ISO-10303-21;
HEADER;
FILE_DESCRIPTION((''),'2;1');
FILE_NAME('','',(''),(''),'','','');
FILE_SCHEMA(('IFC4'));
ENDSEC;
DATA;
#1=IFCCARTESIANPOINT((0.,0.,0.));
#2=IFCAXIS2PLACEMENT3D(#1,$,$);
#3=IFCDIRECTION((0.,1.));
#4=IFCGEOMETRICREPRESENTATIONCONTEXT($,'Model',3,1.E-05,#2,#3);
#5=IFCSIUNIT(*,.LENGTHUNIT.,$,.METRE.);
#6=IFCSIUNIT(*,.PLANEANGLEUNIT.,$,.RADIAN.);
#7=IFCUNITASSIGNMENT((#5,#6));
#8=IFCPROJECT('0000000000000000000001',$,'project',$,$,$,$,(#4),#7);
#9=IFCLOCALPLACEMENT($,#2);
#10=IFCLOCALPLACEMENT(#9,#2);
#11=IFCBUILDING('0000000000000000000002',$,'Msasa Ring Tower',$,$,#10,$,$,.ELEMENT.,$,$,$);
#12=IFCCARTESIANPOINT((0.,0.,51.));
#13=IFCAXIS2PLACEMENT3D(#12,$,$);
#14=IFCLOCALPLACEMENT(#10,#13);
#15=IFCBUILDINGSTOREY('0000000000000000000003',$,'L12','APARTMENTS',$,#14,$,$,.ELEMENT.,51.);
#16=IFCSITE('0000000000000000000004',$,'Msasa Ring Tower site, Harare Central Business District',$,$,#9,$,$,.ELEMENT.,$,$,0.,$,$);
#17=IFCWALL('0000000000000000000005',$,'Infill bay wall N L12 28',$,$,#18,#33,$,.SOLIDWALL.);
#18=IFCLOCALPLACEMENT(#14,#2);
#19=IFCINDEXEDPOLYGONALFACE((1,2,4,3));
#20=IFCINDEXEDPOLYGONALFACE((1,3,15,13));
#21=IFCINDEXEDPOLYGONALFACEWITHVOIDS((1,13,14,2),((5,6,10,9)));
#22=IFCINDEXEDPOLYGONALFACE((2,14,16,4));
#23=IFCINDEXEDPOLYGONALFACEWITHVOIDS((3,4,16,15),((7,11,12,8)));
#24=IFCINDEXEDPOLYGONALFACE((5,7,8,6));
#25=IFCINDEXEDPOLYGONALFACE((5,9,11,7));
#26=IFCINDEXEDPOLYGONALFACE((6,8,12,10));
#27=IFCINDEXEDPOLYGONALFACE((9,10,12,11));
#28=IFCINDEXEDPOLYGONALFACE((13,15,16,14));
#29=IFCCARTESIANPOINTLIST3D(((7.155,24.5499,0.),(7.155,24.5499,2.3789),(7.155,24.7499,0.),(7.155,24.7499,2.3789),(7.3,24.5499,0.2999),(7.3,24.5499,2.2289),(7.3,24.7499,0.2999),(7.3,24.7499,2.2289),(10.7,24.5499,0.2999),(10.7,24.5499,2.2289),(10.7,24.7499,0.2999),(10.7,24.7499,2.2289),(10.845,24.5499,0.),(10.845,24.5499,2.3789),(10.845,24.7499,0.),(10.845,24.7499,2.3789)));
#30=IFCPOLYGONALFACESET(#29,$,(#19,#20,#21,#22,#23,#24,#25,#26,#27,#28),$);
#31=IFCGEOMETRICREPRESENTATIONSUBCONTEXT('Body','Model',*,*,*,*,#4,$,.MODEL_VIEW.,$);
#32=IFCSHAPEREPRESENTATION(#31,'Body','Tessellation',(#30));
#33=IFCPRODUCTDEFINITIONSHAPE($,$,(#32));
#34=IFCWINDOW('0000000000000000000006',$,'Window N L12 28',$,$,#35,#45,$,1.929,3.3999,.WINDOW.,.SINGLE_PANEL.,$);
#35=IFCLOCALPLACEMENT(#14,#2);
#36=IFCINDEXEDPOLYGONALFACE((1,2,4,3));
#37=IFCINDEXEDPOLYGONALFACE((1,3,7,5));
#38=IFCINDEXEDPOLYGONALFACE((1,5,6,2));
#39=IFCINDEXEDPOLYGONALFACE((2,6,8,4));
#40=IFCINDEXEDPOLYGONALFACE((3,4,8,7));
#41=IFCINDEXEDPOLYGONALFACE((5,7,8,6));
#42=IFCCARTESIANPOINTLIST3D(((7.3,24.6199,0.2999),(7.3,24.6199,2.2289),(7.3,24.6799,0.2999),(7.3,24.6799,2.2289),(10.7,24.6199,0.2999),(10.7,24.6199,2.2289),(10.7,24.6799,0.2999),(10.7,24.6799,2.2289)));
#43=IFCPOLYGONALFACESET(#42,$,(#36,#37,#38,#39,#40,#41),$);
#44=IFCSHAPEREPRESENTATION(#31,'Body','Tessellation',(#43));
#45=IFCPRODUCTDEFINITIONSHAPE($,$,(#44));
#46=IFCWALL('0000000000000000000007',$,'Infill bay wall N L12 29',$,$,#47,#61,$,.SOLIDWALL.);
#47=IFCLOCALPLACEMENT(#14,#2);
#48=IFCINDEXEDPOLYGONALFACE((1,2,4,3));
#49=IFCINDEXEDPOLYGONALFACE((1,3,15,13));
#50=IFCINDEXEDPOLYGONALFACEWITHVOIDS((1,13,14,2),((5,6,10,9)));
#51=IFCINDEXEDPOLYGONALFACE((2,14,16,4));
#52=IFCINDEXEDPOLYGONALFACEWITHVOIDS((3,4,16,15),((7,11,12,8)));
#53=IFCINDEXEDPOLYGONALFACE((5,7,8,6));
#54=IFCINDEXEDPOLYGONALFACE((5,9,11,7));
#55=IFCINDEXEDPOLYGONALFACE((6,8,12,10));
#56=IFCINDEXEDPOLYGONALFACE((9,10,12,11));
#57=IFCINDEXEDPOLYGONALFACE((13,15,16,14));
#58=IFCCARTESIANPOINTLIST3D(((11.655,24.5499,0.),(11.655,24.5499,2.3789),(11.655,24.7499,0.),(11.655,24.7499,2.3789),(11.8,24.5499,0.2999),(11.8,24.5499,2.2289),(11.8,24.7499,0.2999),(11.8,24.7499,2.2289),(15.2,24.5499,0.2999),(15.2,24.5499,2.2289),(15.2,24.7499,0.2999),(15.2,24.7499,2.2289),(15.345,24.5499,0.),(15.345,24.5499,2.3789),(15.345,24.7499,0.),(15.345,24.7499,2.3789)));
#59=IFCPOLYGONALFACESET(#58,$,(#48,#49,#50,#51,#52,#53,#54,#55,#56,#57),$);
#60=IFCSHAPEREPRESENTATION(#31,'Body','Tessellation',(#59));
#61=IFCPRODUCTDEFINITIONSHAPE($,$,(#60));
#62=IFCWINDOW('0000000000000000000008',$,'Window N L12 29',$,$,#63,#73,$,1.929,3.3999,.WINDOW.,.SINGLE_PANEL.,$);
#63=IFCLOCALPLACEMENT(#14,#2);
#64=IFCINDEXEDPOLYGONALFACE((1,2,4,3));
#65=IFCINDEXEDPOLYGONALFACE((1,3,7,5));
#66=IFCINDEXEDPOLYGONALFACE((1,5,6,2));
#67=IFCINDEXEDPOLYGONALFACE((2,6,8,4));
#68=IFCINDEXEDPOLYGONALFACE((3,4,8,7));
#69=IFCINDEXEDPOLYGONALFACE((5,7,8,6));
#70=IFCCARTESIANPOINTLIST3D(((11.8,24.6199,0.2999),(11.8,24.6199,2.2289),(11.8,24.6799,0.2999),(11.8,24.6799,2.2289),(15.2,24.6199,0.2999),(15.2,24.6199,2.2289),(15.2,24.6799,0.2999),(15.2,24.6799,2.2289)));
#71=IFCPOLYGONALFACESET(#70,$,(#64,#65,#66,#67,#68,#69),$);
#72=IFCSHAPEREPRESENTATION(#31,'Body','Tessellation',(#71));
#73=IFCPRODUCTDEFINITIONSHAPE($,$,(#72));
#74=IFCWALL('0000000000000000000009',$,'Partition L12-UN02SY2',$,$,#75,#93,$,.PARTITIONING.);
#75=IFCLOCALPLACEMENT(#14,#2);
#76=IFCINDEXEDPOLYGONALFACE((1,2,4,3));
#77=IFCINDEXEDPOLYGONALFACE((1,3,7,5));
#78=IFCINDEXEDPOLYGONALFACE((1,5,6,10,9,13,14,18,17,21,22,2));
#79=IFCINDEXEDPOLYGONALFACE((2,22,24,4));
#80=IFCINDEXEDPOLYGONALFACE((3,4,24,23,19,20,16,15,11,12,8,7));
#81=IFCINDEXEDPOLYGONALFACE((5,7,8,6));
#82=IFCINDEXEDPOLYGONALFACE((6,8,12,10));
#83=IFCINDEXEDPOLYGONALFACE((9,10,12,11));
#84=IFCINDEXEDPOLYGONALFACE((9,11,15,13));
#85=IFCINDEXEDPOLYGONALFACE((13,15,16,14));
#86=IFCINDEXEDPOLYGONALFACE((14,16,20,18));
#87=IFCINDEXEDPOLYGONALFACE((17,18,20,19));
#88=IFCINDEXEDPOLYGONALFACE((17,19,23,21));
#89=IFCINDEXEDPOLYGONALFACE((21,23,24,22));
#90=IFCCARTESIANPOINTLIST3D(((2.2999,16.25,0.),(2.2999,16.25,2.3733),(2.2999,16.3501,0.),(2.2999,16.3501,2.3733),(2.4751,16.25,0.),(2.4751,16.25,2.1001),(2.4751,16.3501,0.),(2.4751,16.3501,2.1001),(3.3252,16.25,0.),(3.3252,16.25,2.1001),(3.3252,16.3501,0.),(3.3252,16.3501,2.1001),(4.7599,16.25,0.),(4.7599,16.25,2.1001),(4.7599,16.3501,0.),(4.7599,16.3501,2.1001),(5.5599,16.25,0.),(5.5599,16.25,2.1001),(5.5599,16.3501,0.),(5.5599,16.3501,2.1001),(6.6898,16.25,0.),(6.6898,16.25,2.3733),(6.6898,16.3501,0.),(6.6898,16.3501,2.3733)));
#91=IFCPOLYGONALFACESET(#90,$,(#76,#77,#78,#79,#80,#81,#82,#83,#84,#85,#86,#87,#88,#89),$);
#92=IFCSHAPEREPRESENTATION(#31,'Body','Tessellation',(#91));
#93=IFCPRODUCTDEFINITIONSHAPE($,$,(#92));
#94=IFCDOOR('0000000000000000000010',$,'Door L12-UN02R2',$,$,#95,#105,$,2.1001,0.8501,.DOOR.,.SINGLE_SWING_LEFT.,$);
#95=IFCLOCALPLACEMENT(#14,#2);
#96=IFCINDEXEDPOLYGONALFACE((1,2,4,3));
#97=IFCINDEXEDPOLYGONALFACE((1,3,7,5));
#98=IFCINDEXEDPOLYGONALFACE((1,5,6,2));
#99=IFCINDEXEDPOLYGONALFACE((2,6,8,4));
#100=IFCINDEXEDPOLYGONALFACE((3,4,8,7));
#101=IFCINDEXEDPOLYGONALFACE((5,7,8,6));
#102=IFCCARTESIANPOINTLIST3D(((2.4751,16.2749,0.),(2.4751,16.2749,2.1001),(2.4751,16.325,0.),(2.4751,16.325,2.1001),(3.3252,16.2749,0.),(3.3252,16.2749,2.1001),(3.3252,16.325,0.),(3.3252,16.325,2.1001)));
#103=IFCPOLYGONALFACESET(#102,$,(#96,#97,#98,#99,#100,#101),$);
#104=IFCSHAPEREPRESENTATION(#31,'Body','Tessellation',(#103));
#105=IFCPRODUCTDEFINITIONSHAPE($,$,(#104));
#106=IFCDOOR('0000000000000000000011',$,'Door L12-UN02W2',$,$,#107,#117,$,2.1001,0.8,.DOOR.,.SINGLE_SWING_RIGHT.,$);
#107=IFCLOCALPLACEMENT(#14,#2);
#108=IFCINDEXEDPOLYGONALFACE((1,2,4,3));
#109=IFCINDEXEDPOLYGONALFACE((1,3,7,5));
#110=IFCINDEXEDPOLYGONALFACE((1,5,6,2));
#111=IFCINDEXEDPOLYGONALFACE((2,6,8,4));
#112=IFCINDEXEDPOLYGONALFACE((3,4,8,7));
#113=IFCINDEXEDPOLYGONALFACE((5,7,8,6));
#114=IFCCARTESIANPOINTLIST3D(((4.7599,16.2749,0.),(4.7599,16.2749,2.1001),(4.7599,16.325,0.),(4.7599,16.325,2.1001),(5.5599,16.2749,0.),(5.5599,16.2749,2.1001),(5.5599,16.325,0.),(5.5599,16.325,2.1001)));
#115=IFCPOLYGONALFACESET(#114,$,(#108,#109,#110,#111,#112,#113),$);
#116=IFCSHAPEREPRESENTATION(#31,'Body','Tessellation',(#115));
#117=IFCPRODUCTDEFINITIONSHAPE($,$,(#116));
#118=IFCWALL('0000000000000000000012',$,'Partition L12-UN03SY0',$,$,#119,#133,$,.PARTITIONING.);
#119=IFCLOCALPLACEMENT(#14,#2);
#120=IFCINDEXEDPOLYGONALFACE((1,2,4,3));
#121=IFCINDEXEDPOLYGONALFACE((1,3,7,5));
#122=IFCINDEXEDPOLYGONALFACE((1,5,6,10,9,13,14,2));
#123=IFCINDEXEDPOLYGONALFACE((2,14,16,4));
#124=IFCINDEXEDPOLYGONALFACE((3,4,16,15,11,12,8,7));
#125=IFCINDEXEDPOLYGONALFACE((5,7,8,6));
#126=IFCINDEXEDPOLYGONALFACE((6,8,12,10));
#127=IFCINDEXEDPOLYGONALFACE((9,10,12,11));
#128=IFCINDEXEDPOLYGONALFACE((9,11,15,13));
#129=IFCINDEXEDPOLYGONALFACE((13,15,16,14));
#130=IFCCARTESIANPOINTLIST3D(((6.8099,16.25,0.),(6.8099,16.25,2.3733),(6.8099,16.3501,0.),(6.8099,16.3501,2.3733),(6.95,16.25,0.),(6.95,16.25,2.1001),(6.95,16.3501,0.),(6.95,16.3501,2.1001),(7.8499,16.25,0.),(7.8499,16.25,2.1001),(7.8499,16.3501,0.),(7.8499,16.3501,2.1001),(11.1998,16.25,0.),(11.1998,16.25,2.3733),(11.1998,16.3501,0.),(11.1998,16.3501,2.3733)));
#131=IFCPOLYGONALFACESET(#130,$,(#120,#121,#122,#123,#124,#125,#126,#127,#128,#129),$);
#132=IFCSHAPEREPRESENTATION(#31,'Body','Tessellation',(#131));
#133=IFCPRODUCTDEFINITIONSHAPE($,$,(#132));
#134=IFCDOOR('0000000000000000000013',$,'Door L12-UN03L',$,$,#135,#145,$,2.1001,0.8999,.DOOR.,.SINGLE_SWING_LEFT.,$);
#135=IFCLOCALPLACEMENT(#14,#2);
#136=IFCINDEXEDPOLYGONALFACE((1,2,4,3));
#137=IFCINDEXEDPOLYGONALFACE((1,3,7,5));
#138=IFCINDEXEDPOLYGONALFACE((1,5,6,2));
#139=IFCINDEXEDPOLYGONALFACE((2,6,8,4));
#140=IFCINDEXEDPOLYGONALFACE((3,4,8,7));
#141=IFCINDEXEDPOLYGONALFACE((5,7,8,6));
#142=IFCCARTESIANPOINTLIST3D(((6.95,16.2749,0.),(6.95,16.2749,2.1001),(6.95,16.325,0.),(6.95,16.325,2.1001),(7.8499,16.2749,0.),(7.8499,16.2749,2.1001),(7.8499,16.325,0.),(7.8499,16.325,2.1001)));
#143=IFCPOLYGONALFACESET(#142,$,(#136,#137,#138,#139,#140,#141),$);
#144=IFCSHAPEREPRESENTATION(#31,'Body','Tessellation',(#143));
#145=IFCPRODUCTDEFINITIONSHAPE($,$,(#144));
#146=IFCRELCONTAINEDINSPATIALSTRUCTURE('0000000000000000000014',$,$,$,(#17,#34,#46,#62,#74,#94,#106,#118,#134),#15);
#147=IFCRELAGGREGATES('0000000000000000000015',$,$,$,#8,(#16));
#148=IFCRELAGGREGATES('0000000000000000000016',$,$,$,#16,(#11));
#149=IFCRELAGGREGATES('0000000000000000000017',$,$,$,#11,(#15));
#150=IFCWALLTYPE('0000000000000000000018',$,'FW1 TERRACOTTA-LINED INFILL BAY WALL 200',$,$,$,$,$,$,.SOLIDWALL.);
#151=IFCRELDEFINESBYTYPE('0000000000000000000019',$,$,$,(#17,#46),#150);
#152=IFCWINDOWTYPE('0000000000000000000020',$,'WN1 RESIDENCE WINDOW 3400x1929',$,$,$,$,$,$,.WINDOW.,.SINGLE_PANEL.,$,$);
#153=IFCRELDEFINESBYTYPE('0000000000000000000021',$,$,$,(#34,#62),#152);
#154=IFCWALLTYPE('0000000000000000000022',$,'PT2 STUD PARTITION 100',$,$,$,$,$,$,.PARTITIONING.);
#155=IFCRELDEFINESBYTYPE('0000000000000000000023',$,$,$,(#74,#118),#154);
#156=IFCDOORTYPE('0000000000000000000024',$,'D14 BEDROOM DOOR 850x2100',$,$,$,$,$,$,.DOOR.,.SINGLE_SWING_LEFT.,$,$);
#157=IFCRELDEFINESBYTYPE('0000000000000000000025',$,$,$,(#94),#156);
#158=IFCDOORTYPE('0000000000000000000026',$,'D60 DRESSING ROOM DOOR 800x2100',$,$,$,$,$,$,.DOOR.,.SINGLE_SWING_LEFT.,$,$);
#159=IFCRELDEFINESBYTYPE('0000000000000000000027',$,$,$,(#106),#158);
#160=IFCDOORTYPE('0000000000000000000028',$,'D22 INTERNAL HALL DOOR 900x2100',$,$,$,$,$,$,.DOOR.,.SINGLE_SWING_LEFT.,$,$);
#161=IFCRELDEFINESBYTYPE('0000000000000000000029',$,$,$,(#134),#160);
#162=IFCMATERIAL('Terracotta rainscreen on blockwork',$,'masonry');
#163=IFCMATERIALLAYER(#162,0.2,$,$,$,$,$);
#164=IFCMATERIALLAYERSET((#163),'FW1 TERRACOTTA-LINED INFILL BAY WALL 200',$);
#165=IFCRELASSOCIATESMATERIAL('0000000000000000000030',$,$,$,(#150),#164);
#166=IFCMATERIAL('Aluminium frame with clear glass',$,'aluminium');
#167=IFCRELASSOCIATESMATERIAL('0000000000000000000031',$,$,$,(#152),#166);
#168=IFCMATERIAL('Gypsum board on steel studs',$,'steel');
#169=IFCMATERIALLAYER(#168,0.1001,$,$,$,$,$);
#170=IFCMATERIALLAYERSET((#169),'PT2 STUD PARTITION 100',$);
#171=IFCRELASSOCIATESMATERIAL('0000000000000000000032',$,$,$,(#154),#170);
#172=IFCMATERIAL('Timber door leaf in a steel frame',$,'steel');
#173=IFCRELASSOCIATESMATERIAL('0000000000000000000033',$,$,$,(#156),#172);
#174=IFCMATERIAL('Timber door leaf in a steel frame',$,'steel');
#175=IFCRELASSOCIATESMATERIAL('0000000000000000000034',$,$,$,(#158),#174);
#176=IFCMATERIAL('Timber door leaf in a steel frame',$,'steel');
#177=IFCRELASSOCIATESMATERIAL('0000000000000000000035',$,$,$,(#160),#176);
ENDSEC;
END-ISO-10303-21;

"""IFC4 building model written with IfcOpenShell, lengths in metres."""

from ifc_helpers import new_model, si_unit, direction, frame, frame_2d, origin, place, context, subcontext, project, spatial, rectangle, extrude, material, layer, layer_set, type_object, element, fill, save


model = new_model("IFC4")

# Units and contexts
model_context = context("Model", 3, precision=1e-05, world=origin(), true_north=direction((0.0, 1.0)))
body_context = subcontext(model_context, "Body", "Model", "MODEL_VIEW")
ifc_project = project(units=[si_unit("LENGTHUNIT", "METRE"), si_unit("PLANEANGLEUNIT", "RADIAN")], contexts=[model_context])

# Site, building, storey
site_placement = place(None, origin())
site = spatial("IfcSite", under=ifc_project, at=site_placement, Name="Msasa Ring Tower site, Harare Central Business District", CompositionType="ELEMENT", RefElevation=0.0)
building_placement = place(site_placement, origin())
building = spatial("IfcBuilding", under=site, at=building_placement, Name="Msasa Ring Tower", CompositionType="ELEMENT")
storey_placement = place(building_placement, frame((0.0, 0.0, 51.0)))
storey = spatial("IfcBuildingStorey", under=building, at=storey_placement, Name="L12", Description="APARTMENTS", CompositionType="ELEMENT", Elevation=51.0)

# Walls, openings, windows
ifc_material_1 = material(Name="Terracotta rainscreen on blockwork", Category="masonry")
ifc_layer_1 = layer(ifc_material_1, 0.2)
ifc_layer_set_1 = layer_set([ifc_layer_1], Name="FW1 TERRACOTTA-LINED INFILL BAY WALL 200")
wall_type_1 = type_object("IfcWallType", Name="FW1 TERRACOTTA-LINED INFILL BAY WALL 200", PredefinedType="SOLIDWALL", material=ifc_layer_set_1)
ifc_material_2 = material(Name="Aluminium frame with clear glass", Category="aluminium")
window_type = type_object("IfcWindowType", Name="WN1 RESIDENCE WINDOW 3400x1929", PartitioningType="SINGLE_PANEL", PredefinedType="WINDOW", material=ifc_material_2)
wall_1_placement = place(storey_placement, frame((7.155, 24.6499, 0.0), z_axis=(0.0, 0.0, 1.0), x_axis=(1.0, 0.0, 0.0)))
wall_1 = element("IfcWall", 1, at=wall_1_placement, inside=storey, type_object=wall_type_1, Name="Infill bay wall N L12 28", PredefinedType="SOLIDWALL", context=body_context, shape_type="SweptSolid", body=[
    extrude(rectangle(XDim=3.6899, YDim=0.2, at=frame_2d((1.845, 0.0))), origin(), (0.0, 0.0, 1.0), 2.3789),
])
opening_1_placement = place(wall_1_placement, frame((0.145, 0.0, 0.3)))
opening_1 = element("IfcOpeningElement", 2, at=opening_1_placement, cuts=wall_1, PredefinedType="OPENING", context=body_context, shape_type="SweptSolid", body=[
    extrude(rectangle(XDim=3.3999, YDim=1.929, at=frame_2d((1.7, 0.9644))), frame((0.0, 0.1099, 0.0), z_axis=(0.0, -1.0, 0.0), x_axis=(1.0, 0.0, 0.0)), (0.0, 0.0, 1.0), 0.22),
])
window_1_placement = place(opening_1_placement, origin())
window_1 = element("IfcWindow", 3, at=window_1_placement, inside=storey, type_object=window_type, Name="Window N L12 28", OverallHeight=1.929, OverallWidth=3.3999, PartitioningType="SINGLE_PANEL", PredefinedType="WINDOW", context=body_context, shape_type="SweptSolid", body=[
    extrude(rectangle(XDim=3.3999, YDim=1.929, at=frame_2d((1.7, 0.9644))), frame((0.0, 0.03, 0.0), z_axis=(0.0, -1.0, 0.0), x_axis=(1.0, 0.0, 0.0)), (0.0, 0.0, 1.0), 0.0601),
])
fill(opening_1, window_1)
wall_2_placement = place(storey_placement, frame((11.655, 24.6499, 0.0), z_axis=(0.0, 0.0, 1.0), x_axis=(1.0, 0.0, 0.0)))
wall_2 = element("IfcWall", 4, at=wall_2_placement, inside=storey, type_object=wall_type_1, Name="Infill bay wall N L12 29", PredefinedType="SOLIDWALL", context=body_context, shape_type="SweptSolid", body=[
    extrude(rectangle(XDim=3.6899, YDim=0.2, at=frame_2d((1.845, 0.0))), origin(), (0.0, 0.0, 1.0), 2.3789),
])
opening_2_placement = place(wall_2_placement, frame((0.145, 0.0, 0.3)))
opening_2 = element("IfcOpeningElement", 5, at=opening_2_placement, cuts=wall_2, PredefinedType="OPENING", context=body_context, shape_type="SweptSolid", body=[
    extrude(rectangle(XDim=3.3999, YDim=1.929, at=frame_2d((1.7, 0.9644))), frame((0.0, 0.1099, 0.0), z_axis=(0.0, -1.0, 0.0), x_axis=(1.0, 0.0, 0.0)), (0.0, 0.0, 1.0), 0.22),
])
window_2_placement = place(opening_2_placement, origin())
window_2 = element("IfcWindow", 6, at=window_2_placement, inside=storey, type_object=window_type, Name="Window N L12 29", OverallHeight=1.929, OverallWidth=3.3999, PartitioningType="SINGLE_PANEL", PredefinedType="WINDOW", context=body_context, shape_type="SweptSolid", body=[
    extrude(rectangle(XDim=3.3999, YDim=1.929, at=frame_2d((1.7, 0.9644))), frame((0.0, 0.03, 0.0), z_axis=(0.0, -1.0, 0.0), x_axis=(1.0, 0.0, 0.0)), (0.0, 0.0, 1.0), 0.0601),
])
fill(opening_2, window_2)

# Wall, openings, doors
ifc_material_3 = material(Name="Gypsum board on steel studs", Category="steel")
ifc_layer_2 = layer(ifc_material_3, 0.1001)
ifc_layer_set_2 = layer_set([ifc_layer_2], Name="PT2 STUD PARTITION 100")
wall_type_2 = type_object("IfcWallType", Name="PT2 STUD PARTITION 100", PredefinedType="PARTITIONING", material=ifc_layer_set_2)
wall_3_placement = place(storey_placement, frame((2.3, 16.3, 0.0), z_axis=(0.0, 0.0, 1.0), x_axis=(1.0, 0.0, 0.0)))
wall_3 = element("IfcWall", 7, at=wall_3_placement, inside=storey, type_object=wall_type_2, Name="Partition L12-UN02SY2", PredefinedType="PARTITIONING", context=body_context, shape_type="SweptSolid", body=[
    extrude(rectangle(XDim=4.3899, YDim=0.1001, at=frame_2d((2.1948, 0.0))), origin(), (0.0, 0.0, 1.0), 2.3733),
])
opening_3_placement = place(wall_3_placement, frame((0.175, 0.0, 0.0)))
opening_3 = element("IfcOpeningElement", 8, at=opening_3_placement, cuts=wall_3, PredefinedType="OPENING", context=body_context, shape_type="SweptSolid", body=[
    extrude(rectangle(XDim=0.8501, YDim=2.1001, at=frame_2d((0.425, 1.05))), frame((0.0, 0.0601, 0.0), z_axis=(0.0, -1.0, 0.0), x_axis=(1.0, 0.0, 0.0)), (0.0, 0.0, 1.0), 0.1201),
])
opening_4_placement = place(wall_3_placement, frame((2.46, 0.0, 0.0)))
opening_4 = element("IfcOpeningElement", 9, at=opening_4_placement, cuts=wall_3, PredefinedType="OPENING", context=body_context, shape_type="SweptSolid", body=[
    extrude(rectangle(XDim=0.8, YDim=2.1001, at=frame_2d((0.3999, 1.05))), frame((0.0, 0.0601, 0.0), z_axis=(0.0, -1.0, 0.0), x_axis=(1.0, 0.0, 0.0)), (0.0, 0.0, 1.0), 0.1201),
])
ifc_material_4 = material(Name="Timber door leaf in a steel frame", Category="steel")
door_type_1 = type_object("IfcDoorType", Name="D14 BEDROOM DOOR 850x2100", OperationType="SINGLE_SWING_LEFT", PredefinedType="DOOR", material=ifc_material_4)
door_1_placement = place(opening_3_placement, origin())
door_1 = element("IfcDoor", 10, at=door_1_placement, inside=storey, type_object=door_type_1, Name="Door L12-UN02R2", OperationType="SINGLE_SWING_LEFT", OverallHeight=2.1001, OverallWidth=0.8501, PredefinedType="DOOR", context=body_context, shape_type="SweptSolid", body=[
    extrude(rectangle(XDim=0.8501, YDim=2.1001, at=frame_2d((0.425, 1.05))), frame((0.0, 0.0249, 0.0), z_axis=(0.0, -1.0, 0.0), x_axis=(1.0, 0.0, 0.0)), (0.0, 0.0, 1.0), 0.05),
])
fill(opening_3, door_1)
ifc_material_5 = material(Name="Timber door leaf in a steel frame", Category="steel")
door_type_2 = type_object("IfcDoorType", Name="D60 DRESSING ROOM DOOR 800x2100", OperationType="SINGLE_SWING_LEFT", PredefinedType="DOOR", material=ifc_material_5)
door_2_placement = place(opening_4_placement, origin())
door_2 = element("IfcDoor", 11, at=door_2_placement, inside=storey, type_object=door_type_2, Name="Door L12-UN02W2", OperationType="SINGLE_SWING_RIGHT", OverallHeight=2.1001, OverallWidth=0.8, PredefinedType="DOOR", context=body_context, shape_type="SweptSolid", body=[
    extrude(rectangle(XDim=0.8, YDim=2.1001, at=frame_2d((0.3999, 1.05))), frame((0.0, 0.0249, 0.0), z_axis=(0.0, -1.0, 0.0), x_axis=(1.0, 0.0, 0.0)), (0.0, 0.0, 1.0), 0.05),
])
fill(opening_4, door_2)

# Wall, opening, door
wall_4_placement = place(storey_placement, frame((6.8101, 16.3, 0.0), z_axis=(0.0, 0.0, 1.0), x_axis=(1.0, 0.0, 0.0)))
wall_4 = element("IfcWall", 12, at=wall_4_placement, inside=storey, type_object=wall_type_2, Name="Partition L12-UN03SY0", PredefinedType="PARTITIONING", context=body_context, shape_type="SweptSolid", body=[
    extrude(rectangle(XDim=4.3899, YDim=0.1001, at=frame_2d((2.1948, 0.0))), origin(), (0.0, 0.0, 1.0), 2.3733),
])
opening_5_placement = place(wall_4_placement, frame((0.1399, 0.0, 0.0)))
opening_5 = element("IfcOpeningElement", 13, at=opening_5_placement, cuts=wall_4, PredefinedType="OPENING", context=body_context, shape_type="SweptSolid", body=[
    extrude(rectangle(XDim=0.8999, YDim=2.1001, at=frame_2d((0.45, 1.05))), frame((0.0, 0.0601, 0.0), z_axis=(0.0, -1.0, 0.0), x_axis=(1.0, 0.0, 0.0)), (0.0, 0.0, 1.0), 0.1201),
])
ifc_material_6 = material(Name="Timber door leaf in a steel frame", Category="steel")
door_type_3 = type_object("IfcDoorType", Name="D22 INTERNAL HALL DOOR 900x2100", OperationType="SINGLE_SWING_LEFT", PredefinedType="DOOR", material=ifc_material_6)
door_3_placement = place(opening_5_placement, origin())
door_3 = element("IfcDoor", 14, at=door_3_placement, inside=storey, type_object=door_type_3, Name="Door L12-UN03L", OperationType="SINGLE_SWING_LEFT", OverallHeight=2.1001, OverallWidth=0.8999, PredefinedType="DOOR", context=body_context, shape_type="SweptSolid", body=[
    extrude(rectangle(XDim=0.8999, YDim=2.1001, at=frame_2d((0.45, 1.05))), frame((0.0, 0.0249, 0.0), z_axis=(0.0, -1.0, 0.0), x_axis=(1.0, 0.0, 0.0)), (0.0, 0.0, 1.0), 0.05),
])
fill(opening_5, door_3)

save(model, "model.ifc")
